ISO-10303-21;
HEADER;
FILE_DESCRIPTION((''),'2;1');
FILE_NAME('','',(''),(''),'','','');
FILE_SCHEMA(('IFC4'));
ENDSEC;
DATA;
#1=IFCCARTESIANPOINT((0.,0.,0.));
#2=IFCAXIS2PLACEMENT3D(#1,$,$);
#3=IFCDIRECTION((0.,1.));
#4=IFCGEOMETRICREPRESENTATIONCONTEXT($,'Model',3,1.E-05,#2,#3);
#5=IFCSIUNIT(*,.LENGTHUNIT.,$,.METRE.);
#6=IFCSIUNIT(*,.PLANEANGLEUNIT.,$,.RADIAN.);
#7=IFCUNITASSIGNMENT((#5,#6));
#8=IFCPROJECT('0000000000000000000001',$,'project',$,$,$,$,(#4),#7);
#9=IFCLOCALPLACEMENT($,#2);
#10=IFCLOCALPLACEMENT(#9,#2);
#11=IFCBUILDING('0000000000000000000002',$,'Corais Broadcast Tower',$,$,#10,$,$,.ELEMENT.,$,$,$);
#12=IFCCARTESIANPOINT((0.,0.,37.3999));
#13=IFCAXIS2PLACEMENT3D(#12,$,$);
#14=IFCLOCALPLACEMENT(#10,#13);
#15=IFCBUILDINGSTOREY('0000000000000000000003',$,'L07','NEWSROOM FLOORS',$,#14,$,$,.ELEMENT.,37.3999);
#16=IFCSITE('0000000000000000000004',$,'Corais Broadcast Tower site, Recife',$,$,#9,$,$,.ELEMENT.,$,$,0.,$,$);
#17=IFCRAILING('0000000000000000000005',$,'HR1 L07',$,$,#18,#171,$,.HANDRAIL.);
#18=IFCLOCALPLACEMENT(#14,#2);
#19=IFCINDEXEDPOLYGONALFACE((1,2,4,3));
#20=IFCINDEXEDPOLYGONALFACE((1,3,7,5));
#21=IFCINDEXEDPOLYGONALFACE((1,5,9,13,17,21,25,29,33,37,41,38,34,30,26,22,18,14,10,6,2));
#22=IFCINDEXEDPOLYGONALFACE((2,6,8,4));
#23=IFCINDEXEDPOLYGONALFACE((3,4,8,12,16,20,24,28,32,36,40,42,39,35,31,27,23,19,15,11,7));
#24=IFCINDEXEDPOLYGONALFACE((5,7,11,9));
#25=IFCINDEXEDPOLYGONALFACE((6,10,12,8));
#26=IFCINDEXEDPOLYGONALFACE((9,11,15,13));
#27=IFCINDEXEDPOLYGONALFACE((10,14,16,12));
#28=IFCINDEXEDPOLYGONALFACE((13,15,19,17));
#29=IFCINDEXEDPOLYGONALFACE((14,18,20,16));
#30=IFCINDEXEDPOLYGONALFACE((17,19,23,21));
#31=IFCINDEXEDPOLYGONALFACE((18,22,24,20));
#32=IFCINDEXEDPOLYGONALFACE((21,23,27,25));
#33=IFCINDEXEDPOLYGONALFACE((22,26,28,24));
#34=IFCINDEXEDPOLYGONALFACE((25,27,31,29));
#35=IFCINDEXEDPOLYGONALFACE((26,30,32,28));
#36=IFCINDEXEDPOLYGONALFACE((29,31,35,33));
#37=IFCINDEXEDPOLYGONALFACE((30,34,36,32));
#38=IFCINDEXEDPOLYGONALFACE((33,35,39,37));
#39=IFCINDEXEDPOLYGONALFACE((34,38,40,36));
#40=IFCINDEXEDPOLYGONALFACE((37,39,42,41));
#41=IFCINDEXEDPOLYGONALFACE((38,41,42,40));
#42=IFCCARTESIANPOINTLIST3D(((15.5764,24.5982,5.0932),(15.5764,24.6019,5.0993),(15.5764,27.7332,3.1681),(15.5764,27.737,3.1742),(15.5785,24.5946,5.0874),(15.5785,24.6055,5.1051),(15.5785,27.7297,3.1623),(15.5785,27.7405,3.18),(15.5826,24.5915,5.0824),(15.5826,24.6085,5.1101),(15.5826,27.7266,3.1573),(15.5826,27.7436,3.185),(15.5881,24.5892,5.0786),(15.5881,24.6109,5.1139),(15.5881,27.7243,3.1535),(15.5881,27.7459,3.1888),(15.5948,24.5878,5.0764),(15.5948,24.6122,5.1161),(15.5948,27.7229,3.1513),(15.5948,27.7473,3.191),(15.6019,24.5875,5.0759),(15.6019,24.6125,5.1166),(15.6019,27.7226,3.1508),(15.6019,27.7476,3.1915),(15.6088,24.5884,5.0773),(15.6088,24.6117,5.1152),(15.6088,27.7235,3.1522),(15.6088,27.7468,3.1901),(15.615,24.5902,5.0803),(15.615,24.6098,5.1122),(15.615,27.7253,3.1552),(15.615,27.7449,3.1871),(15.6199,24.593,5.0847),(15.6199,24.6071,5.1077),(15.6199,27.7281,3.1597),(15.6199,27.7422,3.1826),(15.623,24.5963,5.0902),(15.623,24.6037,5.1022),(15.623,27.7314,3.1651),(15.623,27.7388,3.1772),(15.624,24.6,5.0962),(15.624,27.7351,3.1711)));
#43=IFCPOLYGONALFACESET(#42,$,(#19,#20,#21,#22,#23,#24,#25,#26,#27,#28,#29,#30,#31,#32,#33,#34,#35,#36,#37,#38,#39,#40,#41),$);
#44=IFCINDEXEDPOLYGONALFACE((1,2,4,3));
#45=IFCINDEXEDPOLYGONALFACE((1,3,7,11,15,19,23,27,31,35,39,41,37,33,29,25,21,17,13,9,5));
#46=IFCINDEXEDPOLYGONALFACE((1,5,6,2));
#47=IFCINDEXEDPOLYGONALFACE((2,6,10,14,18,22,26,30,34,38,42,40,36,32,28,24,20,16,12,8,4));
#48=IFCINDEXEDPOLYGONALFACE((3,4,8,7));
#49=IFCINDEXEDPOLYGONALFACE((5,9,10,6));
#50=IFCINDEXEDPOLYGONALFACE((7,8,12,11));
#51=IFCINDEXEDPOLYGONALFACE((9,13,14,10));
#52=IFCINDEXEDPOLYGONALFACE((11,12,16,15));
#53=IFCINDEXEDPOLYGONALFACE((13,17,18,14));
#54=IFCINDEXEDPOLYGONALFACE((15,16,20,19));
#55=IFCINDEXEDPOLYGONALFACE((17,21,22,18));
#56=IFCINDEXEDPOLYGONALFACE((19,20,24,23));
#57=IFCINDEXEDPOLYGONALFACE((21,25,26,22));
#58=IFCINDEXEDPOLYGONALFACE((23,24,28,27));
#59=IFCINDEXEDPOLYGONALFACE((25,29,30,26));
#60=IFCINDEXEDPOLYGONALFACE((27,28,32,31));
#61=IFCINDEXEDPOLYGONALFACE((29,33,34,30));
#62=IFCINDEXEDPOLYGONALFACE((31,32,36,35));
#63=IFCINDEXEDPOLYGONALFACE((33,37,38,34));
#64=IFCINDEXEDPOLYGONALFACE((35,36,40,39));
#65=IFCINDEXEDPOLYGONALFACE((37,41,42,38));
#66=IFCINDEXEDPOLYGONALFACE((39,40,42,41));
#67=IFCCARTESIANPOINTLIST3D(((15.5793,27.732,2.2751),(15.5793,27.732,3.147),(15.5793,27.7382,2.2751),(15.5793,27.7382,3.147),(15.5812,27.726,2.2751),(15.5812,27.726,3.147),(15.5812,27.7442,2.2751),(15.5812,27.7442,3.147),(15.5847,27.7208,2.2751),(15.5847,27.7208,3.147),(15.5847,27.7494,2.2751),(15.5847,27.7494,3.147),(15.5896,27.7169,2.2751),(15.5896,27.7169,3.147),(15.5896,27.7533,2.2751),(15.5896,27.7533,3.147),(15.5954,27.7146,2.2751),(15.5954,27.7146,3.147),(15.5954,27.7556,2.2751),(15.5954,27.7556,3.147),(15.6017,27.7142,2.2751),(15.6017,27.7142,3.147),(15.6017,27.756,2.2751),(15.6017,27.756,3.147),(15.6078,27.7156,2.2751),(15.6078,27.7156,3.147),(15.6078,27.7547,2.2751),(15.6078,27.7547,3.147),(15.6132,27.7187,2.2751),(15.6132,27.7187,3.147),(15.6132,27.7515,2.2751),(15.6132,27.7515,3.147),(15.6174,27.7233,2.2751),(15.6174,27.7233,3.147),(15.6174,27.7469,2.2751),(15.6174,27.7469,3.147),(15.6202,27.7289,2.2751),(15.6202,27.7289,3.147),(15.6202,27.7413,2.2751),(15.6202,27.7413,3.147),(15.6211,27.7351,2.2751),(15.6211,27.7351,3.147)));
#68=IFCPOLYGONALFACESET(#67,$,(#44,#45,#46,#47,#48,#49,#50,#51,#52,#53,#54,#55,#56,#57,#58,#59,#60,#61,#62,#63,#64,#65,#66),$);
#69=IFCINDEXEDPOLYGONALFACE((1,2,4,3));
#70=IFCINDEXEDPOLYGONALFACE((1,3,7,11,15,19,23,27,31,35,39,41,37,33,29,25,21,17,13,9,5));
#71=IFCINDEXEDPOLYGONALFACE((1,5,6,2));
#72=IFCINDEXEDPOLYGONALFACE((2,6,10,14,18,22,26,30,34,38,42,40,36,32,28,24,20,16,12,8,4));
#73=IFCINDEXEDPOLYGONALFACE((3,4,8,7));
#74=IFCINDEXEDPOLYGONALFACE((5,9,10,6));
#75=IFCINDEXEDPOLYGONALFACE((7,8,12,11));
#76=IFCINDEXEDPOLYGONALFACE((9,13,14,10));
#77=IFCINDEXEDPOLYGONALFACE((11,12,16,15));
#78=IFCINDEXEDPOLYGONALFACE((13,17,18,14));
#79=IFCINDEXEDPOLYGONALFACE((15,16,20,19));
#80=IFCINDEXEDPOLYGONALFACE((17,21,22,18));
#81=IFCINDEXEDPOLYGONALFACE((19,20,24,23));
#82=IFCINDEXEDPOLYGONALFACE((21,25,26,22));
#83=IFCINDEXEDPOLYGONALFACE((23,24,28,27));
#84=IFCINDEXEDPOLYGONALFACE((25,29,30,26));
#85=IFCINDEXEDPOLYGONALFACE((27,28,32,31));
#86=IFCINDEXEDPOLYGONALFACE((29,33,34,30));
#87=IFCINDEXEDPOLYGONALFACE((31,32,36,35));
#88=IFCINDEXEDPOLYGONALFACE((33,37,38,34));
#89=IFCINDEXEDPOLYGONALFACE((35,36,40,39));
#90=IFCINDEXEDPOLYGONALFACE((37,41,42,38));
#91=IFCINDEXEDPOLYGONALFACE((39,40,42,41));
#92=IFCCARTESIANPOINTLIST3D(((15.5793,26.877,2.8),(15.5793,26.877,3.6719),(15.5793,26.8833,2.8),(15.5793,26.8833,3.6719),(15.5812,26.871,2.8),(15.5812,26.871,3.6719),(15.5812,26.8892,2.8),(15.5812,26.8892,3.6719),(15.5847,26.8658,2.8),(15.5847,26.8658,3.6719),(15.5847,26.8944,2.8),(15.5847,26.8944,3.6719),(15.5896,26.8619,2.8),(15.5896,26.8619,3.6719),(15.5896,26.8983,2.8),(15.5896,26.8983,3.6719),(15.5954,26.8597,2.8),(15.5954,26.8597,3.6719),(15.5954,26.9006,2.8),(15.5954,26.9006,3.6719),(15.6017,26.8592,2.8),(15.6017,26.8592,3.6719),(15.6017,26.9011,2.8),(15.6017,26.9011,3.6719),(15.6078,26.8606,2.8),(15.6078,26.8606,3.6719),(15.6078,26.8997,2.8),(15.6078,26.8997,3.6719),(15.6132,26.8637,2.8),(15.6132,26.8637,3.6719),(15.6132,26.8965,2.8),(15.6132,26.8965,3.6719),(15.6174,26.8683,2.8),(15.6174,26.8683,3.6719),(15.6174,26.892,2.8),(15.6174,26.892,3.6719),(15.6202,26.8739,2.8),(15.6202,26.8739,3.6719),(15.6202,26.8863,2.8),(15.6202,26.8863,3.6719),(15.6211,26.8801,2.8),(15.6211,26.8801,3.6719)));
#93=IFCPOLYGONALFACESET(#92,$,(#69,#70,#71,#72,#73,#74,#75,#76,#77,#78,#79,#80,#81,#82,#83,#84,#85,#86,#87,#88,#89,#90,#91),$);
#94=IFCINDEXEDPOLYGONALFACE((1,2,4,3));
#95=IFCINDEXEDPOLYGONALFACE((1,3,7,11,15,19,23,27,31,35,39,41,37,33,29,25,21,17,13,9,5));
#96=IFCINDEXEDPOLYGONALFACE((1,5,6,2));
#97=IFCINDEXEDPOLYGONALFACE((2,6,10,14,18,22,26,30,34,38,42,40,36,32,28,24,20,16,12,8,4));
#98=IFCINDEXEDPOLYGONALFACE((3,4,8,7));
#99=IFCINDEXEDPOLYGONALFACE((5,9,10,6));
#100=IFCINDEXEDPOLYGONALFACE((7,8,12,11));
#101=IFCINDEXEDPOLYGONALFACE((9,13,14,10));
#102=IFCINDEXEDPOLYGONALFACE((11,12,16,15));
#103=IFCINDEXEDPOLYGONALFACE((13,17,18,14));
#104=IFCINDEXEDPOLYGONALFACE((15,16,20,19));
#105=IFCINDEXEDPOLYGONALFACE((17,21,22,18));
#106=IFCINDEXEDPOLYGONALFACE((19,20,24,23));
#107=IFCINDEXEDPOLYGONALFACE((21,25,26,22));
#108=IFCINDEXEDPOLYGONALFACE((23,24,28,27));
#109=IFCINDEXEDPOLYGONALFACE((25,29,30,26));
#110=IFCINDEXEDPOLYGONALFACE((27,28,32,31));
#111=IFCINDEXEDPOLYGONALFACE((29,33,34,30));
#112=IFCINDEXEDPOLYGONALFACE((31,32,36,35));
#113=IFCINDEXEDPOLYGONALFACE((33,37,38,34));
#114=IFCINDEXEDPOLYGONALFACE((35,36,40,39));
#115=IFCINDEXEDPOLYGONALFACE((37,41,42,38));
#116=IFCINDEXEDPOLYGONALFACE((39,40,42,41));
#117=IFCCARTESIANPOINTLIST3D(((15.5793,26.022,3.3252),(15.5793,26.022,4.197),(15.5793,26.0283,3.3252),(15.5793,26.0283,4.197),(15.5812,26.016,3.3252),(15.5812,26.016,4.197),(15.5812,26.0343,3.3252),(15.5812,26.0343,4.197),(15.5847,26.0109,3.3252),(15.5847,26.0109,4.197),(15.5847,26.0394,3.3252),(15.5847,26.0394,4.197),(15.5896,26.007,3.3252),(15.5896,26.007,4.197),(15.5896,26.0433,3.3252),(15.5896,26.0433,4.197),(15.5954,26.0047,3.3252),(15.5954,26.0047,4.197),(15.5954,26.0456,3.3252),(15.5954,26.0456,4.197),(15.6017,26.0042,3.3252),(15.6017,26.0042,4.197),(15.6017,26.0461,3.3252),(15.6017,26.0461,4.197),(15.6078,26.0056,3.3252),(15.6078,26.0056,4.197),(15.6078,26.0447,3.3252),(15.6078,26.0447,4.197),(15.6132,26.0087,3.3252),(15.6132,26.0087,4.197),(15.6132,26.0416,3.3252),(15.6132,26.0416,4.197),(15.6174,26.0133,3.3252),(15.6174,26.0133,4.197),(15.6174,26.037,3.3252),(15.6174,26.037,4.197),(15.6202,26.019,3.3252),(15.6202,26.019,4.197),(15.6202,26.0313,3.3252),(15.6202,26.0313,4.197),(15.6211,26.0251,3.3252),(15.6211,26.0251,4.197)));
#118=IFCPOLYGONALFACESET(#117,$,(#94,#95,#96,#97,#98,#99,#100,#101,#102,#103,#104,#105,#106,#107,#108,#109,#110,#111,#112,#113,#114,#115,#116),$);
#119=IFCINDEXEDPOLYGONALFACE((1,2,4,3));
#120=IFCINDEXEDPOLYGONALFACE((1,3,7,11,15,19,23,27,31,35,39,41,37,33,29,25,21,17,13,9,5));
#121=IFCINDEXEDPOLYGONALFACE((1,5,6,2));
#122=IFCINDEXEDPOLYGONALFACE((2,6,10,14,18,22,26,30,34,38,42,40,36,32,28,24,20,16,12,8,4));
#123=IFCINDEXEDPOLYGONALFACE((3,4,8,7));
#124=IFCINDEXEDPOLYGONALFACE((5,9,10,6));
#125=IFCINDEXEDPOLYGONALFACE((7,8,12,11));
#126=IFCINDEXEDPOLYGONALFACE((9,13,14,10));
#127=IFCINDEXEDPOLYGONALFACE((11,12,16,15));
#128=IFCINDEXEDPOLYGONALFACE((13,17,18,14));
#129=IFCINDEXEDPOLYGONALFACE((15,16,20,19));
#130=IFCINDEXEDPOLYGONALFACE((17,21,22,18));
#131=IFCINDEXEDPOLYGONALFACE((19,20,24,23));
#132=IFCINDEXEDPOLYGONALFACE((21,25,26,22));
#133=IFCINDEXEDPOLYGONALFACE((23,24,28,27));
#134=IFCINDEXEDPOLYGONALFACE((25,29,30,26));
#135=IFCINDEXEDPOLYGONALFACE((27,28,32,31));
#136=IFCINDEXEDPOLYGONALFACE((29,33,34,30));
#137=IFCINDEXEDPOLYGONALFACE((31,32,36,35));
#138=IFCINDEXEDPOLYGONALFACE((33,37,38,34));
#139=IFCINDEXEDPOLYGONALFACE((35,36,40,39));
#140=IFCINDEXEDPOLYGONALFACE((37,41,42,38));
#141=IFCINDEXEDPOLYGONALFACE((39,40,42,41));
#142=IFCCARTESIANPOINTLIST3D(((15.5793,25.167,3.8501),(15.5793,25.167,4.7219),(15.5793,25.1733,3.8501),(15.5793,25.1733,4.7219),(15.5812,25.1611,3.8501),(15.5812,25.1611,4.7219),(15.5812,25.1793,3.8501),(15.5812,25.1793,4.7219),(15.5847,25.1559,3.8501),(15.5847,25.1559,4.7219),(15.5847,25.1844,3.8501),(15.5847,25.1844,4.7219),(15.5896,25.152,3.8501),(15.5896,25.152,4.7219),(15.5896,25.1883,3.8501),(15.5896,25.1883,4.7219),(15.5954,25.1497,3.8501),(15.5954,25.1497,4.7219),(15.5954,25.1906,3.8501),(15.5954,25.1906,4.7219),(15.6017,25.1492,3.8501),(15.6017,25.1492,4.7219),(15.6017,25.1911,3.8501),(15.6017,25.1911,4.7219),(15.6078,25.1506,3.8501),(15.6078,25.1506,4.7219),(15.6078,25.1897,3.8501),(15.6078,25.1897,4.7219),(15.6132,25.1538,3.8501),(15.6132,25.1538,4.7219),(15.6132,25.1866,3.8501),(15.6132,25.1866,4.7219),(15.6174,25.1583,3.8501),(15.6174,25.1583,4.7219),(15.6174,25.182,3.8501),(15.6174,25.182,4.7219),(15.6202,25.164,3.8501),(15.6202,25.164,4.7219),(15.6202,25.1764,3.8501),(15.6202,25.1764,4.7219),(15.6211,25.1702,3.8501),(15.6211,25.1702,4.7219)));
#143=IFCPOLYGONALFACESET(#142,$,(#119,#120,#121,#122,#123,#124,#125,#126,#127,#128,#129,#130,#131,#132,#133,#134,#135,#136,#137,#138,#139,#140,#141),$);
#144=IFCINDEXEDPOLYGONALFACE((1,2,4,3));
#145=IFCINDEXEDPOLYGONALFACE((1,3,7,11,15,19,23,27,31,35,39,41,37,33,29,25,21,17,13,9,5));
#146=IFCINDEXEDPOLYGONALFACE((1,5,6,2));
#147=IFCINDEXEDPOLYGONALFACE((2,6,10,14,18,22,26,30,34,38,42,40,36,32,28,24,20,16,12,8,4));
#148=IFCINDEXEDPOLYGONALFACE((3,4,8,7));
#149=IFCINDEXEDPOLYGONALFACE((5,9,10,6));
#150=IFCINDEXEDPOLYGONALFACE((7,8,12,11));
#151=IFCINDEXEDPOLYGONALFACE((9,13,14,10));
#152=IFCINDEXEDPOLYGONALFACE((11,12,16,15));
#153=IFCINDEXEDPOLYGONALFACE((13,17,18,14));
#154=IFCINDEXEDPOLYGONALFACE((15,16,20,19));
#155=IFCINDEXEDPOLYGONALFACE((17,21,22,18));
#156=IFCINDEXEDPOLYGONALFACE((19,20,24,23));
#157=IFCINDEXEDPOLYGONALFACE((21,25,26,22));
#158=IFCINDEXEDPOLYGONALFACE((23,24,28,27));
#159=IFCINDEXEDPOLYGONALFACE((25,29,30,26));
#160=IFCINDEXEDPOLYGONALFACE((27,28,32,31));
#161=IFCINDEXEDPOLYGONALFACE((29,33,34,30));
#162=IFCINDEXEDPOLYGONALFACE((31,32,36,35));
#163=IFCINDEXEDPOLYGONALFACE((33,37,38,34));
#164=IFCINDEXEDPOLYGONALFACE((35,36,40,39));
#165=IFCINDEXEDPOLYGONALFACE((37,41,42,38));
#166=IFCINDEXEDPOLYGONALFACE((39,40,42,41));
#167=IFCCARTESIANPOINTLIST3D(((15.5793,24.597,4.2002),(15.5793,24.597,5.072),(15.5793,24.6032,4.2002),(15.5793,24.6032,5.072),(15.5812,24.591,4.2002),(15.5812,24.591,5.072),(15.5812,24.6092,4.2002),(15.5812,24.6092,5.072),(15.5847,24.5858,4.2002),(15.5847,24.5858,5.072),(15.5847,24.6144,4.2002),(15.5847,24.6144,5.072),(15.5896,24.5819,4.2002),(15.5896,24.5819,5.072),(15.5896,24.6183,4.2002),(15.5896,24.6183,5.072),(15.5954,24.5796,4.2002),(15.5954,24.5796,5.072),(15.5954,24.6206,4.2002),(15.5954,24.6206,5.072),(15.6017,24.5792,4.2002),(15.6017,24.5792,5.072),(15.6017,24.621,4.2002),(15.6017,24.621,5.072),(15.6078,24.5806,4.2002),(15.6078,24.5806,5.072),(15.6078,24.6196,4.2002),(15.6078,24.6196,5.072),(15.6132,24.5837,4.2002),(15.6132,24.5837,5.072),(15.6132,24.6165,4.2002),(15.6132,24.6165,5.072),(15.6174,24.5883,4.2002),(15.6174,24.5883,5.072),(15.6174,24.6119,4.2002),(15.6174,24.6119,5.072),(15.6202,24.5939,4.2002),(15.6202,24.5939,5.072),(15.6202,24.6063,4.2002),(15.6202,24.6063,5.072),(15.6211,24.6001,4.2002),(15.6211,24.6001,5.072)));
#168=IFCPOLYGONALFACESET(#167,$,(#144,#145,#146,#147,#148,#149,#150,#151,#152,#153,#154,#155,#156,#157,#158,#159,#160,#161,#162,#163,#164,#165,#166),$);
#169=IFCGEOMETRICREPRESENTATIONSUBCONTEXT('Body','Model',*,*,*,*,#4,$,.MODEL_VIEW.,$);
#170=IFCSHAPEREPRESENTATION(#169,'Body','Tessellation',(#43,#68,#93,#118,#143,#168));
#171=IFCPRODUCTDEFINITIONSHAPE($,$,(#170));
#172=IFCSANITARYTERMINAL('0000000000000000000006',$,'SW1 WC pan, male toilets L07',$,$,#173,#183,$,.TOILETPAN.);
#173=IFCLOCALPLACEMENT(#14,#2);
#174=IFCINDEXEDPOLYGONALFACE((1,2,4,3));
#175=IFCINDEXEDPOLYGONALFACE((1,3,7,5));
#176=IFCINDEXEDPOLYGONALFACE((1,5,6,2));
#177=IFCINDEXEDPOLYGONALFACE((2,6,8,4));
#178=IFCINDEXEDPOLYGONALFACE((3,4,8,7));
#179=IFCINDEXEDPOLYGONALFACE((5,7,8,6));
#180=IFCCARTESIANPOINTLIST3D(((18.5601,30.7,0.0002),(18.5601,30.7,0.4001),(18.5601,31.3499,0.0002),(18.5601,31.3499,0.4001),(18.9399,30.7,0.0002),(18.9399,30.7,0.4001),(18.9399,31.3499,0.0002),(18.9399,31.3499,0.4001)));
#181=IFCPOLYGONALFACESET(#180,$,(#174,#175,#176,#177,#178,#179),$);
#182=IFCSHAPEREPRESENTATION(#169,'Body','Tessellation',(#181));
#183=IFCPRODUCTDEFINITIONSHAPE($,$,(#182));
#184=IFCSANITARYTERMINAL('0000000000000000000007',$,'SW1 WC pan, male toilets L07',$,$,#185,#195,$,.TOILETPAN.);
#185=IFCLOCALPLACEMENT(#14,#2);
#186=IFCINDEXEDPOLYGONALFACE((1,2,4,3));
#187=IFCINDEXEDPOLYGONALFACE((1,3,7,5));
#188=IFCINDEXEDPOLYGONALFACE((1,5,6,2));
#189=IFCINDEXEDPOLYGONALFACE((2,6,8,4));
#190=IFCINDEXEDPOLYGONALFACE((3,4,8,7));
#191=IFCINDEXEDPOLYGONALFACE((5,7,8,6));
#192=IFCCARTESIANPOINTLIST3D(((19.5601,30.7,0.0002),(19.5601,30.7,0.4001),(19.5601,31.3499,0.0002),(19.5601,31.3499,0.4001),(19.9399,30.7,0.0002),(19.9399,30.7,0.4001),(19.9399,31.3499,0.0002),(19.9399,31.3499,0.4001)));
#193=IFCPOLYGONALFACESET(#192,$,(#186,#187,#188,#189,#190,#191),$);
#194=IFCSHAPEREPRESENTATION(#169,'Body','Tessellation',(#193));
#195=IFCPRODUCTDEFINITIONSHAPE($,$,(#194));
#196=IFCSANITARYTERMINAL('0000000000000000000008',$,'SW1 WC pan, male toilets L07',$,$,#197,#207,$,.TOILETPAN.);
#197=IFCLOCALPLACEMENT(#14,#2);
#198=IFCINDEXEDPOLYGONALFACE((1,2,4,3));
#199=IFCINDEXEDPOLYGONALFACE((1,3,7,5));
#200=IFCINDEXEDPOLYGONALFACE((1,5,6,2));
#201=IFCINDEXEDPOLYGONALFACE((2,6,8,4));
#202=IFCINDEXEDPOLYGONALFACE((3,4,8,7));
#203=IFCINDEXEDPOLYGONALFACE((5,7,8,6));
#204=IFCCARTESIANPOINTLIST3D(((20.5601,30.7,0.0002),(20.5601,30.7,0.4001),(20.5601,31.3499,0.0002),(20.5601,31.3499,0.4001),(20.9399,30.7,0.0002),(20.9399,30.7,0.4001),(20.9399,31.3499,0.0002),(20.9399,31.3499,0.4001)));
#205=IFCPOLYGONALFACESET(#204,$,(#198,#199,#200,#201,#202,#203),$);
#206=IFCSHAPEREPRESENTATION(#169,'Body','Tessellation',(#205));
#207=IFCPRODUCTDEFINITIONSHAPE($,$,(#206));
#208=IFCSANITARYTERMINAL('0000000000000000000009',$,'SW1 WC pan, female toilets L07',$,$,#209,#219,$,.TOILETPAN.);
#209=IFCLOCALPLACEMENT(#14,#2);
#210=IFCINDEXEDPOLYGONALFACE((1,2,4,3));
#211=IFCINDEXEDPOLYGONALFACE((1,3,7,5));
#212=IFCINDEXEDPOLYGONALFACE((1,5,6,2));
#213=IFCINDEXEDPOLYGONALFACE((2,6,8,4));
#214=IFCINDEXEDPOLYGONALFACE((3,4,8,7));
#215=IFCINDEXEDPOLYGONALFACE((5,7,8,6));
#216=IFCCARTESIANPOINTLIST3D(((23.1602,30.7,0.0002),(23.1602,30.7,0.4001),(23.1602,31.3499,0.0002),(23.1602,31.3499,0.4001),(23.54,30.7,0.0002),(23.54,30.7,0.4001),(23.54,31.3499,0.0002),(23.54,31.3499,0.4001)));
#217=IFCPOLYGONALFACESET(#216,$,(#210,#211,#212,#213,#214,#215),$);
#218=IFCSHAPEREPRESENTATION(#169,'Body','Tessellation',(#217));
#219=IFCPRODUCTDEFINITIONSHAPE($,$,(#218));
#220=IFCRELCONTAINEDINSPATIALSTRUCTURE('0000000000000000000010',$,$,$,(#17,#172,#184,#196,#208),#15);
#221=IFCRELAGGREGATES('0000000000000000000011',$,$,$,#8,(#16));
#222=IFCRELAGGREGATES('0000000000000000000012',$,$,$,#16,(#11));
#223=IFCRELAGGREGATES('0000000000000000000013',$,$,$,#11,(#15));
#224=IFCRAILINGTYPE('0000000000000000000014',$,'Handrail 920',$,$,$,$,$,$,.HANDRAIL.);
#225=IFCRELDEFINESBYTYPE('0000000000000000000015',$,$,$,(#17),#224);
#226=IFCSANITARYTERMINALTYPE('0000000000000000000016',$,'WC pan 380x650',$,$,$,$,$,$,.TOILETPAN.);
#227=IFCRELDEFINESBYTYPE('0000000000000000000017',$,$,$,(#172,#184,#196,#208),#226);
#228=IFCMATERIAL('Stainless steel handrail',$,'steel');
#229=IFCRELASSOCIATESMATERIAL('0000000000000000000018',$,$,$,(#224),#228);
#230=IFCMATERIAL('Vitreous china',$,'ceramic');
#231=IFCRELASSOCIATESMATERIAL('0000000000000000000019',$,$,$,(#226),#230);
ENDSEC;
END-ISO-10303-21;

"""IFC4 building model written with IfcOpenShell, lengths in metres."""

from ifc_helpers import new_model, si_unit, direction, frame, origin, origin_2d, place, context, subcontext, project, spatial, rectangle, circle, extrude, material, type_object, element, save


model = new_model("IFC4")

# Units and contexts
model_context = context("Model", 3, precision=1e-05, world=origin(), true_north=direction((0.0, 1.0)))
body_context = subcontext(model_context, "Body", "Model", "MODEL_VIEW")
ifc_project = project(units=[si_unit("LENGTHUNIT", "METRE"), si_unit("PLANEANGLEUNIT", "RADIAN")], contexts=[model_context])

# Site, building, storey
site_placement = place(None, origin())
site = spatial("IfcSite", under=ifc_project, at=site_placement, Name="Corais Broadcast Tower site, Recife", CompositionType="ELEMENT", RefElevation=0.0)
building_placement = place(site_placement, origin())
building = spatial("IfcBuilding", under=site, at=building_placement, Name="Corais Broadcast Tower", CompositionType="ELEMENT")
storey_placement = place(building_placement, frame((0.0, 0.0, 37.3999)))
storey = spatial("IfcBuildingStorey", under=building, at=storey_placement, Name="L07", Description="NEWSROOM FLOORS", CompositionType="ELEMENT", Elevation=37.3999)

# Railing
ifc_material_1 = material(Name="Stainless steel handrail", Category="steel")
railing_type = type_object("IfcRailingType", Name="Handrail 920", PredefinedType="HANDRAIL", material=ifc_material_1)
railing_placement = place(storey_placement, frame((15.6001, 27.7351, 2.2751)))
element("IfcRailing", 1, at=railing_placement, inside=storey, type_object=railing_type, Name="HR1 L07", PredefinedType="HANDRAIL", context=body_context, shape_type="SweptSolid", body=[
    extrude(circle(Radius=0.0239, at=origin_2d()), frame((0.0, 0.0, 0.896), z_axis=(0.0, -0.852166, 0.523271), x_axis=(1.0, 0.0, 0.0)), (0.0, 0.0, 1.0), 3.679),
    extrude(circle(Radius=0.021, at=origin_2d()), origin(), (0.0, 0.0, 1.0), 0.8718),
    extrude(circle(Radius=0.021, at=origin_2d()), frame((0.0, -0.855, 0.5249)), (0.0, 0.0, 1.0), 0.8718),
    extrude(circle(Radius=0.021, at=origin_2d()), frame((0.0, -1.71, 1.05)), (0.0, 0.0, 1.0), 0.8718),
    extrude(circle(Radius=0.021, at=origin_2d()), frame((0.0, -2.5649, 1.575)), (0.0, 0.0, 1.0), 0.8718),
    extrude(circle(Radius=0.021, at=origin_2d()), frame((0.0, -3.135, 1.925)), (0.0, 0.0, 1.0), 0.8718),
])

# Sanitary terminals
ifc_material_2 = material(Name="Vitreous china", Category="ceramic")
sanitary_terminal_type_1 = type_object("IfcSanitaryTerminalType", Name="WC pan 380x650", PredefinedType="TOILETPAN", material=ifc_material_2)
for number, where, z_axis, x_axis, name in (
    (2, (18.75, 31.0249, 0.0002), (0.0, 0.0, 1.0), (1.0, 0.0, 0.0), "SW1 WC pan, male toilets L07"),
    (3, (19.75, 31.0249, 0.0002), (0.0, 0.0, 1.0), (1.0, 0.0, 0.0), "SW1 WC pan, male toilets L07"),
    (4, (20.75, 31.0249, 0.0002), (0.0, 0.0, 1.0), (1.0, 0.0, 0.0), "SW1 WC pan, male toilets L07"),
    (5, (23.3501, 31.0249, 0.0002), (0.0, 0.0, 1.0), (1.0, 0.0, 0.0), "SW1 WC pan, female toilets L07"),
):
    element("IfcSanitaryTerminal", number, at=place(storey_placement, frame(where, z_axis=z_axis, x_axis=x_axis)), inside=storey, type_object=sanitary_terminal_type_1, Name=name, PredefinedType="TOILETPAN", context=body_context, shape_type="SweptSolid", body=[
        extrude(rectangle(XDim=0.3799, YDim=0.6499, at=origin_2d()), origin(), (0.0, 0.0, 1.0), 0.3999),
    ])

save(model, "model.ifc")
